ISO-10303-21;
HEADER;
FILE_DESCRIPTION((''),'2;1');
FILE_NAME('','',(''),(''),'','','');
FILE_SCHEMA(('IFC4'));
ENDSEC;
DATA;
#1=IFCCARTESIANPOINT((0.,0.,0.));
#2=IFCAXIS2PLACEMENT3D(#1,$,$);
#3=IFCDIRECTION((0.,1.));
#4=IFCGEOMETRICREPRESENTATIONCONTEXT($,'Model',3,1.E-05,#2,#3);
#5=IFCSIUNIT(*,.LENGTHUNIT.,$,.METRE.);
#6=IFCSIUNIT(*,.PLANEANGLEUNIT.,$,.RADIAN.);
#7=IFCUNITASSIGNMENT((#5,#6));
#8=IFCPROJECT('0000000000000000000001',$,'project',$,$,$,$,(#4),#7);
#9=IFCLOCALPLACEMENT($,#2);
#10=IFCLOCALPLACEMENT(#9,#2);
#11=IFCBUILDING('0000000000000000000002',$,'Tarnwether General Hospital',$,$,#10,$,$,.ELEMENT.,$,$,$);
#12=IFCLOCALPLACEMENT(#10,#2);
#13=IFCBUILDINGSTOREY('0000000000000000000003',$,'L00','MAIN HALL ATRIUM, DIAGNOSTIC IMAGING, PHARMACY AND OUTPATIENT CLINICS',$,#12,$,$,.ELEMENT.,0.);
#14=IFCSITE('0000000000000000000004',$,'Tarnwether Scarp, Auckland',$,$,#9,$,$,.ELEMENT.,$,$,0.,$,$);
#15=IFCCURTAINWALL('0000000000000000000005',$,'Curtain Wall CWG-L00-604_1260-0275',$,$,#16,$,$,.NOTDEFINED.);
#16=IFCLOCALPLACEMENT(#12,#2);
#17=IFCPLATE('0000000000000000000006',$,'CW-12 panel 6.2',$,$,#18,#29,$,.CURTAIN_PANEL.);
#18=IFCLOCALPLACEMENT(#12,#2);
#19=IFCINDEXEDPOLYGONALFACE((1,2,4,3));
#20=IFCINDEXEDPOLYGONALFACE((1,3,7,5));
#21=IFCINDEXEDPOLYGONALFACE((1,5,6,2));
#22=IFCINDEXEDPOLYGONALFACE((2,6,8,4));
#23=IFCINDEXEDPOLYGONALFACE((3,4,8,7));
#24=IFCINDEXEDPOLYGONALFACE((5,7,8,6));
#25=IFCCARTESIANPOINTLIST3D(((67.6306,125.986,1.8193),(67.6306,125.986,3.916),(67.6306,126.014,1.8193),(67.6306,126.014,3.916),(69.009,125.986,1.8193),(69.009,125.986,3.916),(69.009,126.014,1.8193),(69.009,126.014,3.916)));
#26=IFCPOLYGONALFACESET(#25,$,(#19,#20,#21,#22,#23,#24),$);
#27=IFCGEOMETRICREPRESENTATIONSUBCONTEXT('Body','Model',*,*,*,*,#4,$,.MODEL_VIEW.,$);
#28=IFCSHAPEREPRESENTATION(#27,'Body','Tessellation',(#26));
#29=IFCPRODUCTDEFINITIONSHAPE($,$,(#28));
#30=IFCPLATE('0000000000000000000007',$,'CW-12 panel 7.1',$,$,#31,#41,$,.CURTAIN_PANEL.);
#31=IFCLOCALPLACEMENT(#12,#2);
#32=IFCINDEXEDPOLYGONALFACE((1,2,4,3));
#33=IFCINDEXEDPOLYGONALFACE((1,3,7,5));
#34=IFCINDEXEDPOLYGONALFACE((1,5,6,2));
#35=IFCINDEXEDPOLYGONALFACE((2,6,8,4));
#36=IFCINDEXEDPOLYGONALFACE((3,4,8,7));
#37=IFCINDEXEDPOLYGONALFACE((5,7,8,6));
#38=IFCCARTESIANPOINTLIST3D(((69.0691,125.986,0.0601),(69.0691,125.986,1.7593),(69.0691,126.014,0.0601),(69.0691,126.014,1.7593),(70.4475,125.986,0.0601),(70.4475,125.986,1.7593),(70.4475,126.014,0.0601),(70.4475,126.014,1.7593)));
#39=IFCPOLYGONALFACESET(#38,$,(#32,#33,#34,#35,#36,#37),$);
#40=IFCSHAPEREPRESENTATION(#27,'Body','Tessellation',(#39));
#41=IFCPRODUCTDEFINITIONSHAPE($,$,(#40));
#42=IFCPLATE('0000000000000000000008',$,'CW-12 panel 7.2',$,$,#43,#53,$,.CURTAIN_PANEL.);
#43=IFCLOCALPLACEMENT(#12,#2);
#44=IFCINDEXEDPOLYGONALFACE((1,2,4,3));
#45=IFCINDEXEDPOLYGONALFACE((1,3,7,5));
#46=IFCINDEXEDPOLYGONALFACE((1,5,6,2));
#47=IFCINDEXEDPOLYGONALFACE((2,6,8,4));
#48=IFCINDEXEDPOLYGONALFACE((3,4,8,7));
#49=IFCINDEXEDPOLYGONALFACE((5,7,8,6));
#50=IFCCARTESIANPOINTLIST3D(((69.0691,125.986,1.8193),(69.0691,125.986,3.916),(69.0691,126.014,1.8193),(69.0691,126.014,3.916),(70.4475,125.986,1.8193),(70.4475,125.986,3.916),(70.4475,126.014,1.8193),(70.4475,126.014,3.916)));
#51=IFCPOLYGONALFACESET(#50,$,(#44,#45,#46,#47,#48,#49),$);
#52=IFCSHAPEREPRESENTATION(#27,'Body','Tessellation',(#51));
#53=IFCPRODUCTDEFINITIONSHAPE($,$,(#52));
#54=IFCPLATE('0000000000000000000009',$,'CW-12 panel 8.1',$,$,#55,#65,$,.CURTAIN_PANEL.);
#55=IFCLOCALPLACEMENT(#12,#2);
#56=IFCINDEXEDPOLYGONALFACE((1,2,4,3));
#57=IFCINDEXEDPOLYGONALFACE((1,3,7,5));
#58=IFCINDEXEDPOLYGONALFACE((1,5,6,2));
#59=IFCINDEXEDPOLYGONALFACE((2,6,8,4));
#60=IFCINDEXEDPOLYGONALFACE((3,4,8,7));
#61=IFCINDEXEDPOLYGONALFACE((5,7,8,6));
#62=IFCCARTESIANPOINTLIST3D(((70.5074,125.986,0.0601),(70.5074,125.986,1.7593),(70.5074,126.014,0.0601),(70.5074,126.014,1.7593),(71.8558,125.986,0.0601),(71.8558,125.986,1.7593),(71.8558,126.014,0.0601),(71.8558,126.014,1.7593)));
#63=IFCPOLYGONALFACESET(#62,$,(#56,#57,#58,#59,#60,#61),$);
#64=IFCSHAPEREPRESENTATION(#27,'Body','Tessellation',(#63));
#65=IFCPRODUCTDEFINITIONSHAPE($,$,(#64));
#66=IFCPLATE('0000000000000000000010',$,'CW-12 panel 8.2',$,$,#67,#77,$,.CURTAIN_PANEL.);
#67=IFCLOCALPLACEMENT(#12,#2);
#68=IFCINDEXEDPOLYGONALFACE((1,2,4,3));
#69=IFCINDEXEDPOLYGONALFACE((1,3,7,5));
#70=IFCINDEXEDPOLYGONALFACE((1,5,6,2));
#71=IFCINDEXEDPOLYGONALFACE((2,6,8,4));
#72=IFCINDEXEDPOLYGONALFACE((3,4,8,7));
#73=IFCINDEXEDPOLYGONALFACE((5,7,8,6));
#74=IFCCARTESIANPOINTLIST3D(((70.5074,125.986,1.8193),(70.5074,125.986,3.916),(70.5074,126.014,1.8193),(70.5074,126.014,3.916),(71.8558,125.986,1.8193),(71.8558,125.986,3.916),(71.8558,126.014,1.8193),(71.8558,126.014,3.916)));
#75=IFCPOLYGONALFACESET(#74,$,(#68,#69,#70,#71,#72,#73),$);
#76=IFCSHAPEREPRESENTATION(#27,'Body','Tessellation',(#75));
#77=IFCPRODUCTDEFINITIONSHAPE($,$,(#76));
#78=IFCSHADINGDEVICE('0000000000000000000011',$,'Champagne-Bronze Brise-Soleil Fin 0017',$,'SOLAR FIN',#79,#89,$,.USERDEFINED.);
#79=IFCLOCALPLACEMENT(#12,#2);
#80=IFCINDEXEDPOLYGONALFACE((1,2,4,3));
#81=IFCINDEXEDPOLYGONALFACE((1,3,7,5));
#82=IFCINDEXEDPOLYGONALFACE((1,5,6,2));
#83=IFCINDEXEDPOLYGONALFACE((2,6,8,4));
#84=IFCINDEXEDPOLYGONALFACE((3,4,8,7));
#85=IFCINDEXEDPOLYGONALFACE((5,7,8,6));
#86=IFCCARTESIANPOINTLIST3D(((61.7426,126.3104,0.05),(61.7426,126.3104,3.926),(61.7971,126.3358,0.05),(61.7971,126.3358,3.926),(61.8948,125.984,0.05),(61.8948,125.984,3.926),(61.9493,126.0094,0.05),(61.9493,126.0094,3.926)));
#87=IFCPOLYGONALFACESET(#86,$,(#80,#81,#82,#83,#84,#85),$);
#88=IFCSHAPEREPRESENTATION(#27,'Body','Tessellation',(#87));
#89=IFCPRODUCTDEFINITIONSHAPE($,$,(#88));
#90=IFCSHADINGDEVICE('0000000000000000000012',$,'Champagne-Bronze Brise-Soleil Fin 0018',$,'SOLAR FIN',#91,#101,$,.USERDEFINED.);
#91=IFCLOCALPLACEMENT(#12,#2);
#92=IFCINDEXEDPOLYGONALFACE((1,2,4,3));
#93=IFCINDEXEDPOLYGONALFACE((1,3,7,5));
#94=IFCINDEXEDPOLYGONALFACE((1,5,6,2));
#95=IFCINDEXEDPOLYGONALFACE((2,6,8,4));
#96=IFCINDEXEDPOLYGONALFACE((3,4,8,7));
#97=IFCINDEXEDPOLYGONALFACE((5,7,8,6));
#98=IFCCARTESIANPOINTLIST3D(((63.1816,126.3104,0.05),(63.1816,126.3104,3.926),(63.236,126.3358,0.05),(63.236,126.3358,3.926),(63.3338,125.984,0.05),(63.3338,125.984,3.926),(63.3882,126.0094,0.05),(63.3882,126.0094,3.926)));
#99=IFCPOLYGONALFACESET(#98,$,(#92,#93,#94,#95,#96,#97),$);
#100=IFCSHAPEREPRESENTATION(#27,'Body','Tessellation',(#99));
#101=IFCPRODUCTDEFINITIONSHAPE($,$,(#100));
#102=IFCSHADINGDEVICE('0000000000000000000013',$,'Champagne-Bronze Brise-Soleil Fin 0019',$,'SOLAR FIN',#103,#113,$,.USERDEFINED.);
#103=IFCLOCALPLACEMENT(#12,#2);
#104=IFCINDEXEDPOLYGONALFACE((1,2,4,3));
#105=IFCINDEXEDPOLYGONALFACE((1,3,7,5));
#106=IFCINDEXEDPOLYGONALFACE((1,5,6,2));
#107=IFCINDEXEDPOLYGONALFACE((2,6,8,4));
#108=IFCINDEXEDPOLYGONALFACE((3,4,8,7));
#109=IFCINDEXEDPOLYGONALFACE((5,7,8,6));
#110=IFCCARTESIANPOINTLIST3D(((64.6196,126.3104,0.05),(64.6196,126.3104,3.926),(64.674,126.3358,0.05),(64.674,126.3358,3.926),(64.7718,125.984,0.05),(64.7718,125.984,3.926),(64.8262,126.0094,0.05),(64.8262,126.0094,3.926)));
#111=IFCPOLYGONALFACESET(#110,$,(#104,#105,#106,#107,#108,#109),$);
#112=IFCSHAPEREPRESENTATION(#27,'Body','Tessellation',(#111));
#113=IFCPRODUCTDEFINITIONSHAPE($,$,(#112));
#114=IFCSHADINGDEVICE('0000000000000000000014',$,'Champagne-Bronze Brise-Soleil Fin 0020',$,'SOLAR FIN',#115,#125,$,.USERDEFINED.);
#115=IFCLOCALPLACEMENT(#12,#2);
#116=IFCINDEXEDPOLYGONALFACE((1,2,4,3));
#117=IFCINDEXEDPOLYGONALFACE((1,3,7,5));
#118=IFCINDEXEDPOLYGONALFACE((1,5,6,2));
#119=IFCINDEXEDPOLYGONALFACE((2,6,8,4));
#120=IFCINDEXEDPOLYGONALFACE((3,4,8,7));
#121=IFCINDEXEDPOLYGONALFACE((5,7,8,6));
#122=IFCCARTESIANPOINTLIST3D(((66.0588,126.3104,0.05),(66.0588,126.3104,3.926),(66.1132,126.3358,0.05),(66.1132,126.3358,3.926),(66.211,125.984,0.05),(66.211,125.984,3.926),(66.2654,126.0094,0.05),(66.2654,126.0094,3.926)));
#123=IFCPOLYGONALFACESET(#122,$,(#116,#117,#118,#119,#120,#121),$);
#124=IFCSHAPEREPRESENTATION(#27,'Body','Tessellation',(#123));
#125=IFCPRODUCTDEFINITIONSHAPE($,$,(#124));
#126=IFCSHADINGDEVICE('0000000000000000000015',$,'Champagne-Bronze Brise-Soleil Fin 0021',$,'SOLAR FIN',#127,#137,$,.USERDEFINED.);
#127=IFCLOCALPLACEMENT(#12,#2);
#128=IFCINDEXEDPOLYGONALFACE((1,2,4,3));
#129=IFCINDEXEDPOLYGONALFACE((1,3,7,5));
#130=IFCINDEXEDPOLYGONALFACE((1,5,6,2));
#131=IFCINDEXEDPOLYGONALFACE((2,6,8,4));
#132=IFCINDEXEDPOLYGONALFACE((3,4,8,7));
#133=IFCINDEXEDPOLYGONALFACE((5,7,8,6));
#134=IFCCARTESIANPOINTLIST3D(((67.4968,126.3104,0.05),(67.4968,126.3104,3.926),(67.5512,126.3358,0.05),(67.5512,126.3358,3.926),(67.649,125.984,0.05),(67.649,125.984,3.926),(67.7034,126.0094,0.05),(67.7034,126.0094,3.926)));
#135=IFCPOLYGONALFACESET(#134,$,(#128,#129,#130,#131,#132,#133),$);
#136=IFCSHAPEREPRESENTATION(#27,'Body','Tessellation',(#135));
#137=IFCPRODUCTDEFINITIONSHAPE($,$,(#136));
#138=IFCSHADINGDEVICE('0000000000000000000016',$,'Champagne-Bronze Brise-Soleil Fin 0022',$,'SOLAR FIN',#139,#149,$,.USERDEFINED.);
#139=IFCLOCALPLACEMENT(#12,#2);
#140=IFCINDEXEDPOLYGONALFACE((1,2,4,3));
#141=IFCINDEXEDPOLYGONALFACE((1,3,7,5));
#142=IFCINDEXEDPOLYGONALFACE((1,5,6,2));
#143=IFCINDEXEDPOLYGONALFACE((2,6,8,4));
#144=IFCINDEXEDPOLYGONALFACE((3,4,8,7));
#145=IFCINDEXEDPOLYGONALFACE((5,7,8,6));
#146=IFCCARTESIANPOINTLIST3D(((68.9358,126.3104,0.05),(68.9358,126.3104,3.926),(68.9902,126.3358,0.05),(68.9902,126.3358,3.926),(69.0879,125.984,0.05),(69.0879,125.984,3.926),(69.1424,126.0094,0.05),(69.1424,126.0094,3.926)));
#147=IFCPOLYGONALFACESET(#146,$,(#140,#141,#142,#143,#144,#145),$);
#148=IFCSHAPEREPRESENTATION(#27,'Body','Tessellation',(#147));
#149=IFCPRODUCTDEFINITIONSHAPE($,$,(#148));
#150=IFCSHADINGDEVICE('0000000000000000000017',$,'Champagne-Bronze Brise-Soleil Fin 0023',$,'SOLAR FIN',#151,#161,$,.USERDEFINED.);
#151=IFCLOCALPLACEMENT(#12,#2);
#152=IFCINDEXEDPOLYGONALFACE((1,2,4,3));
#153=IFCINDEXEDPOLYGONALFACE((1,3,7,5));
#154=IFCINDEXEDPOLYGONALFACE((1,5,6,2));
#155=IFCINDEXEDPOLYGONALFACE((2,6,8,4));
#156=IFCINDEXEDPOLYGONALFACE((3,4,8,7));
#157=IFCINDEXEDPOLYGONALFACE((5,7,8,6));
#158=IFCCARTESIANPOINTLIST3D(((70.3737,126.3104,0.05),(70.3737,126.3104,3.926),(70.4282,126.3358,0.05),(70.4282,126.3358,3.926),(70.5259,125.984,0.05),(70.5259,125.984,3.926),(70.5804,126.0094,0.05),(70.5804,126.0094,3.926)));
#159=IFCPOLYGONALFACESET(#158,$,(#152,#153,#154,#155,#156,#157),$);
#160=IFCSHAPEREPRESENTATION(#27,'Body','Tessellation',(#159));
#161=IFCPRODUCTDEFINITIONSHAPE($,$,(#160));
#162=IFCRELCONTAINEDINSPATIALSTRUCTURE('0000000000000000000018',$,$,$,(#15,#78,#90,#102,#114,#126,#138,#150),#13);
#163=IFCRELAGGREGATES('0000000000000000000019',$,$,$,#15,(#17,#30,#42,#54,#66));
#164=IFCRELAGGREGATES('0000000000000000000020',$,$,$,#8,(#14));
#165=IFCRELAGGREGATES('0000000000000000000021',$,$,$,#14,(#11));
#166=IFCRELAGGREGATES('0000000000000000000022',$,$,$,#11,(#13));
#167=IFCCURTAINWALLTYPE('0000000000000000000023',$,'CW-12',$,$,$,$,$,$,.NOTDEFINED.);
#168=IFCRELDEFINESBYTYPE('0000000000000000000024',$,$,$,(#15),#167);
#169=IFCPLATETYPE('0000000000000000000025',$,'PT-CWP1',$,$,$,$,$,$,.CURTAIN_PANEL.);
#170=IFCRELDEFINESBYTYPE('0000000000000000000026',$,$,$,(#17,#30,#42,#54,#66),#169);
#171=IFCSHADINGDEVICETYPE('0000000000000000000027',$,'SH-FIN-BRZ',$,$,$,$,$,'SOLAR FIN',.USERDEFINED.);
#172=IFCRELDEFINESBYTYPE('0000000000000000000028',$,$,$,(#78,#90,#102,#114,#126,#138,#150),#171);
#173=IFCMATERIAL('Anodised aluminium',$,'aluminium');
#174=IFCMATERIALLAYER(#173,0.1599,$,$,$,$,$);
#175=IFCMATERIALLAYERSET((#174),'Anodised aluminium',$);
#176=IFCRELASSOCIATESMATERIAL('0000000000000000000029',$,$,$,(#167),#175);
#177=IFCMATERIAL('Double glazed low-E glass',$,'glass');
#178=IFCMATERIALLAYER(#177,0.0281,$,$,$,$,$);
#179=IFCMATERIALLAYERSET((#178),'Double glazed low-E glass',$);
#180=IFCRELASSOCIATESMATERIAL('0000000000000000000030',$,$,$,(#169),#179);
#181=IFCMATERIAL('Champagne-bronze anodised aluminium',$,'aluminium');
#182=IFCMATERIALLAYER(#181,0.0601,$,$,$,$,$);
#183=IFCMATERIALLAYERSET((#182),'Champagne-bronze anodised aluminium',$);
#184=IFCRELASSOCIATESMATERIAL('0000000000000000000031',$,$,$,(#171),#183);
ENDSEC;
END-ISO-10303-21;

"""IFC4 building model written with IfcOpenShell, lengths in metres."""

from ifc_helpers import new_model, si_unit, direction, frame, origin, origin_2d, place, context, subcontext, project, spatial, rectangle, extrude, material, layer, layer_set, type_object, element, aggregate, save


model = new_model("IFC4")

# Units and contexts
model_context = context("Model", 3, precision=1e-05, world=origin(), true_north=direction((0.0, 1.0)))
body_context = subcontext(model_context, "Body", "Model", "MODEL_VIEW")
ifc_project = project(units=[si_unit("LENGTHUNIT", "METRE"), si_unit("PLANEANGLEUNIT", "RADIAN")], contexts=[model_context])

# Site, building, storey
site_placement = place(None, origin())
site = spatial("IfcSite", under=ifc_project, at=site_placement, Name="Tarnwether Scarp, Auckland", CompositionType="ELEMENT", RefElevation=0.0)
building_placement = place(site_placement, origin())
building = spatial("IfcBuilding", under=site, at=building_placement, Name="Tarnwether General Hospital", CompositionType="ELEMENT")
storey_placement = place(building_placement, origin())
storey = spatial("IfcBuildingStorey", under=building, at=storey_placement, Name="L00", Description="MAIN HALL ATRIUM, DIAGNOSTIC IMAGING, PHARMACY AND OUTPATIENT CLINICS", CompositionType="ELEMENT", Elevation=0.0)

# Curtain wall, plates
ifc_material_1 = material(Name="Anodised aluminium", Category="aluminium")
ifc_layer_1 = layer(ifc_material_1, 0.1599)
ifc_layer_set_1 = layer_set([ifc_layer_1], Name="Anodised aluminium")
curtain_wall_type = type_object("IfcCurtainWallType", Name="CW-12", PredefinedType="NOTDEFINED", material=ifc_layer_set_1)
curtain_wall_placement = place(storey_placement, origin())
curtain_wall = element("IfcCurtainWall", 1, at=curtain_wall_placement, inside=storey, type_object=curtain_wall_type, Name="Curtain Wall CWG-L00-604_1260-0275", PredefinedType="NOTDEFINED")
ifc_material_2 = material(Name="Double glazed low-E glass", Category="glass")
ifc_layer_2 = layer(ifc_material_2, 0.0281)
ifc_layer_set_2 = layer_set([ifc_layer_2], Name="Double glazed low-E glass")
plate_type = type_object("IfcPlateType", Name="PT-CWP1", PredefinedType="CURTAIN_PANEL", material=ifc_layer_set_2)
plate_1_placement = place(storey_placement, frame((68.3198, 126.0, 1.8193), z_axis=(0.0, 0.0, 1.0), x_axis=(1.0, 0.0, 0.0)))
plate_1 = element("IfcPlate", 2, at=plate_1_placement, type_object=plate_type, Name="CW-12 panel 6.2", PredefinedType="CURTAIN_PANEL", context=body_context, shape_type="SweptSolid", body=[
    extrude(rectangle(XDim=1.3784, YDim=0.0281, at=origin_2d()), origin(), (0.0, 0.0, 1.0), 2.0967),
])
plate_2_placement = place(storey_placement, frame((69.7583, 126.0, 0.0601), z_axis=(0.0, 0.0, 1.0), x_axis=(1.0, 0.0, 0.0)))
plate_2 = element("IfcPlate", 3, at=plate_2_placement, type_object=plate_type, Name="CW-12 panel 7.1", PredefinedType="CURTAIN_PANEL", context=body_context, shape_type="SweptSolid", body=[
    extrude(rectangle(XDim=1.3784, YDim=0.0281, at=origin_2d()), origin(), (0.0, 0.0, 1.0), 1.6992),
])
plate_3_placement = place(storey_placement, frame((69.7583, 126.0, 1.8193), z_axis=(0.0, 0.0, 1.0), x_axis=(1.0, 0.0, 0.0)))
plate_3 = element("IfcPlate", 4, at=plate_3_placement, type_object=plate_type, Name="CW-12 panel 7.2", PredefinedType="CURTAIN_PANEL", context=body_context, shape_type="SweptSolid", body=[
    extrude(rectangle(XDim=1.3784, YDim=0.0281, at=origin_2d()), origin(), (0.0, 0.0, 1.0), 2.0967),
])
plate_4_placement = place(storey_placement, frame((71.1816, 126.0, 0.0601), z_axis=(0.0, 0.0, 1.0), x_axis=(1.0, 0.0, 0.0)))
plate_4 = element("IfcPlate", 5, at=plate_4_placement, type_object=plate_type, Name="CW-12 panel 8.1", PredefinedType="CURTAIN_PANEL", context=body_context, shape_type="SweptSolid", body=[
    extrude(rectangle(XDim=1.3484, YDim=0.0281, at=origin_2d()), origin(), (0.0, 0.0, 1.0), 1.6992),
])
plate_5_placement = place(storey_placement, frame((71.1816, 126.0, 1.8193), z_axis=(0.0, 0.0, 1.0), x_axis=(1.0, 0.0, 0.0)))
plate_5 = element("IfcPlate", 6, at=plate_5_placement, type_object=plate_type, Name="CW-12 panel 8.2", PredefinedType="CURTAIN_PANEL", context=body_context, shape_type="SweptSolid", body=[
    extrude(rectangle(XDim=1.3484, YDim=0.0281, at=origin_2d()), origin(), (0.0, 0.0, 1.0), 2.0967),
])
aggregate(curtain_wall, [plate_1, plate_2, plate_3, plate_4, plate_5])

# Shading devices
ifc_material_3 = material(Name="Champagne-bronze anodised aluminium", Category="aluminium")
ifc_layer_3 = layer(ifc_material_3, 0.0601)
ifc_layer_set_3 = layer_set([ifc_layer_3], Name="Champagne-bronze anodised aluminium")
shading_device_type = type_object("IfcShadingDeviceType", Name="SH-FIN-BRZ", ElementType="SOLAR FIN", PredefinedType="USERDEFINED", material=ifc_layer_set_3)
for number, where, z_axis, x_axis, name in (
    (7, (61.8459, 126.1599, 0.05), (0.0, 0.0, 1.0), (0.906308, 0.422618, 0.0), "Champagne-Bronze Brise-Soleil Fin 0017"),
    (8, (63.2849, 126.1599, 0.05), (0.0, 0.0, 1.0), (0.906308, 0.422618, 0.0), "Champagne-Bronze Brise-Soleil Fin 0018"),
    (9, (64.7229, 126.1599, 0.05), (0.0, 0.0, 1.0), (0.906308, 0.422618, 0.0), "Champagne-Bronze Brise-Soleil Fin 0019"),
    (10, (66.1621, 126.1599, 0.05), (0.0, 0.0, 1.0), (0.906308, 0.422618, 0.0), "Champagne-Bronze Brise-Soleil Fin 0020"),
    (11, (67.6001, 126.1599, 0.05), (0.0, 0.0, 1.0), (0.906308, 0.422618, 0.0), "Champagne-Bronze Brise-Soleil Fin 0021"),
    (12, (69.0391, 126.1599, 0.05), (0.0, 0.0, 1.0), (0.906308, 0.422618, 0.0), "Champagne-Bronze Brise-Soleil Fin 0022"),
    (13, (70.4771, 126.1599, 0.05), (0.0, 0.0, 1.0), (0.906308, 0.422618, 0.0), "Champagne-Bronze Brise-Soleil Fin 0023"),
):
    element("IfcShadingDevice", number, at=place(storey_placement, frame(where, z_axis=z_axis, x_axis=x_axis)), inside=storey, type_object=shading_device_type, Name=name, ObjectType="SOLAR FIN", PredefinedType="USERDEFINED", context=body_context, shape_type="SweptSolid", body=[
        extrude(rectangle(XDim=0.0601, YDim=0.3601, at=origin_2d()), origin(), (0.0, 0.0, 1.0), 3.876),
    ])

save(model, "model.ifc")
